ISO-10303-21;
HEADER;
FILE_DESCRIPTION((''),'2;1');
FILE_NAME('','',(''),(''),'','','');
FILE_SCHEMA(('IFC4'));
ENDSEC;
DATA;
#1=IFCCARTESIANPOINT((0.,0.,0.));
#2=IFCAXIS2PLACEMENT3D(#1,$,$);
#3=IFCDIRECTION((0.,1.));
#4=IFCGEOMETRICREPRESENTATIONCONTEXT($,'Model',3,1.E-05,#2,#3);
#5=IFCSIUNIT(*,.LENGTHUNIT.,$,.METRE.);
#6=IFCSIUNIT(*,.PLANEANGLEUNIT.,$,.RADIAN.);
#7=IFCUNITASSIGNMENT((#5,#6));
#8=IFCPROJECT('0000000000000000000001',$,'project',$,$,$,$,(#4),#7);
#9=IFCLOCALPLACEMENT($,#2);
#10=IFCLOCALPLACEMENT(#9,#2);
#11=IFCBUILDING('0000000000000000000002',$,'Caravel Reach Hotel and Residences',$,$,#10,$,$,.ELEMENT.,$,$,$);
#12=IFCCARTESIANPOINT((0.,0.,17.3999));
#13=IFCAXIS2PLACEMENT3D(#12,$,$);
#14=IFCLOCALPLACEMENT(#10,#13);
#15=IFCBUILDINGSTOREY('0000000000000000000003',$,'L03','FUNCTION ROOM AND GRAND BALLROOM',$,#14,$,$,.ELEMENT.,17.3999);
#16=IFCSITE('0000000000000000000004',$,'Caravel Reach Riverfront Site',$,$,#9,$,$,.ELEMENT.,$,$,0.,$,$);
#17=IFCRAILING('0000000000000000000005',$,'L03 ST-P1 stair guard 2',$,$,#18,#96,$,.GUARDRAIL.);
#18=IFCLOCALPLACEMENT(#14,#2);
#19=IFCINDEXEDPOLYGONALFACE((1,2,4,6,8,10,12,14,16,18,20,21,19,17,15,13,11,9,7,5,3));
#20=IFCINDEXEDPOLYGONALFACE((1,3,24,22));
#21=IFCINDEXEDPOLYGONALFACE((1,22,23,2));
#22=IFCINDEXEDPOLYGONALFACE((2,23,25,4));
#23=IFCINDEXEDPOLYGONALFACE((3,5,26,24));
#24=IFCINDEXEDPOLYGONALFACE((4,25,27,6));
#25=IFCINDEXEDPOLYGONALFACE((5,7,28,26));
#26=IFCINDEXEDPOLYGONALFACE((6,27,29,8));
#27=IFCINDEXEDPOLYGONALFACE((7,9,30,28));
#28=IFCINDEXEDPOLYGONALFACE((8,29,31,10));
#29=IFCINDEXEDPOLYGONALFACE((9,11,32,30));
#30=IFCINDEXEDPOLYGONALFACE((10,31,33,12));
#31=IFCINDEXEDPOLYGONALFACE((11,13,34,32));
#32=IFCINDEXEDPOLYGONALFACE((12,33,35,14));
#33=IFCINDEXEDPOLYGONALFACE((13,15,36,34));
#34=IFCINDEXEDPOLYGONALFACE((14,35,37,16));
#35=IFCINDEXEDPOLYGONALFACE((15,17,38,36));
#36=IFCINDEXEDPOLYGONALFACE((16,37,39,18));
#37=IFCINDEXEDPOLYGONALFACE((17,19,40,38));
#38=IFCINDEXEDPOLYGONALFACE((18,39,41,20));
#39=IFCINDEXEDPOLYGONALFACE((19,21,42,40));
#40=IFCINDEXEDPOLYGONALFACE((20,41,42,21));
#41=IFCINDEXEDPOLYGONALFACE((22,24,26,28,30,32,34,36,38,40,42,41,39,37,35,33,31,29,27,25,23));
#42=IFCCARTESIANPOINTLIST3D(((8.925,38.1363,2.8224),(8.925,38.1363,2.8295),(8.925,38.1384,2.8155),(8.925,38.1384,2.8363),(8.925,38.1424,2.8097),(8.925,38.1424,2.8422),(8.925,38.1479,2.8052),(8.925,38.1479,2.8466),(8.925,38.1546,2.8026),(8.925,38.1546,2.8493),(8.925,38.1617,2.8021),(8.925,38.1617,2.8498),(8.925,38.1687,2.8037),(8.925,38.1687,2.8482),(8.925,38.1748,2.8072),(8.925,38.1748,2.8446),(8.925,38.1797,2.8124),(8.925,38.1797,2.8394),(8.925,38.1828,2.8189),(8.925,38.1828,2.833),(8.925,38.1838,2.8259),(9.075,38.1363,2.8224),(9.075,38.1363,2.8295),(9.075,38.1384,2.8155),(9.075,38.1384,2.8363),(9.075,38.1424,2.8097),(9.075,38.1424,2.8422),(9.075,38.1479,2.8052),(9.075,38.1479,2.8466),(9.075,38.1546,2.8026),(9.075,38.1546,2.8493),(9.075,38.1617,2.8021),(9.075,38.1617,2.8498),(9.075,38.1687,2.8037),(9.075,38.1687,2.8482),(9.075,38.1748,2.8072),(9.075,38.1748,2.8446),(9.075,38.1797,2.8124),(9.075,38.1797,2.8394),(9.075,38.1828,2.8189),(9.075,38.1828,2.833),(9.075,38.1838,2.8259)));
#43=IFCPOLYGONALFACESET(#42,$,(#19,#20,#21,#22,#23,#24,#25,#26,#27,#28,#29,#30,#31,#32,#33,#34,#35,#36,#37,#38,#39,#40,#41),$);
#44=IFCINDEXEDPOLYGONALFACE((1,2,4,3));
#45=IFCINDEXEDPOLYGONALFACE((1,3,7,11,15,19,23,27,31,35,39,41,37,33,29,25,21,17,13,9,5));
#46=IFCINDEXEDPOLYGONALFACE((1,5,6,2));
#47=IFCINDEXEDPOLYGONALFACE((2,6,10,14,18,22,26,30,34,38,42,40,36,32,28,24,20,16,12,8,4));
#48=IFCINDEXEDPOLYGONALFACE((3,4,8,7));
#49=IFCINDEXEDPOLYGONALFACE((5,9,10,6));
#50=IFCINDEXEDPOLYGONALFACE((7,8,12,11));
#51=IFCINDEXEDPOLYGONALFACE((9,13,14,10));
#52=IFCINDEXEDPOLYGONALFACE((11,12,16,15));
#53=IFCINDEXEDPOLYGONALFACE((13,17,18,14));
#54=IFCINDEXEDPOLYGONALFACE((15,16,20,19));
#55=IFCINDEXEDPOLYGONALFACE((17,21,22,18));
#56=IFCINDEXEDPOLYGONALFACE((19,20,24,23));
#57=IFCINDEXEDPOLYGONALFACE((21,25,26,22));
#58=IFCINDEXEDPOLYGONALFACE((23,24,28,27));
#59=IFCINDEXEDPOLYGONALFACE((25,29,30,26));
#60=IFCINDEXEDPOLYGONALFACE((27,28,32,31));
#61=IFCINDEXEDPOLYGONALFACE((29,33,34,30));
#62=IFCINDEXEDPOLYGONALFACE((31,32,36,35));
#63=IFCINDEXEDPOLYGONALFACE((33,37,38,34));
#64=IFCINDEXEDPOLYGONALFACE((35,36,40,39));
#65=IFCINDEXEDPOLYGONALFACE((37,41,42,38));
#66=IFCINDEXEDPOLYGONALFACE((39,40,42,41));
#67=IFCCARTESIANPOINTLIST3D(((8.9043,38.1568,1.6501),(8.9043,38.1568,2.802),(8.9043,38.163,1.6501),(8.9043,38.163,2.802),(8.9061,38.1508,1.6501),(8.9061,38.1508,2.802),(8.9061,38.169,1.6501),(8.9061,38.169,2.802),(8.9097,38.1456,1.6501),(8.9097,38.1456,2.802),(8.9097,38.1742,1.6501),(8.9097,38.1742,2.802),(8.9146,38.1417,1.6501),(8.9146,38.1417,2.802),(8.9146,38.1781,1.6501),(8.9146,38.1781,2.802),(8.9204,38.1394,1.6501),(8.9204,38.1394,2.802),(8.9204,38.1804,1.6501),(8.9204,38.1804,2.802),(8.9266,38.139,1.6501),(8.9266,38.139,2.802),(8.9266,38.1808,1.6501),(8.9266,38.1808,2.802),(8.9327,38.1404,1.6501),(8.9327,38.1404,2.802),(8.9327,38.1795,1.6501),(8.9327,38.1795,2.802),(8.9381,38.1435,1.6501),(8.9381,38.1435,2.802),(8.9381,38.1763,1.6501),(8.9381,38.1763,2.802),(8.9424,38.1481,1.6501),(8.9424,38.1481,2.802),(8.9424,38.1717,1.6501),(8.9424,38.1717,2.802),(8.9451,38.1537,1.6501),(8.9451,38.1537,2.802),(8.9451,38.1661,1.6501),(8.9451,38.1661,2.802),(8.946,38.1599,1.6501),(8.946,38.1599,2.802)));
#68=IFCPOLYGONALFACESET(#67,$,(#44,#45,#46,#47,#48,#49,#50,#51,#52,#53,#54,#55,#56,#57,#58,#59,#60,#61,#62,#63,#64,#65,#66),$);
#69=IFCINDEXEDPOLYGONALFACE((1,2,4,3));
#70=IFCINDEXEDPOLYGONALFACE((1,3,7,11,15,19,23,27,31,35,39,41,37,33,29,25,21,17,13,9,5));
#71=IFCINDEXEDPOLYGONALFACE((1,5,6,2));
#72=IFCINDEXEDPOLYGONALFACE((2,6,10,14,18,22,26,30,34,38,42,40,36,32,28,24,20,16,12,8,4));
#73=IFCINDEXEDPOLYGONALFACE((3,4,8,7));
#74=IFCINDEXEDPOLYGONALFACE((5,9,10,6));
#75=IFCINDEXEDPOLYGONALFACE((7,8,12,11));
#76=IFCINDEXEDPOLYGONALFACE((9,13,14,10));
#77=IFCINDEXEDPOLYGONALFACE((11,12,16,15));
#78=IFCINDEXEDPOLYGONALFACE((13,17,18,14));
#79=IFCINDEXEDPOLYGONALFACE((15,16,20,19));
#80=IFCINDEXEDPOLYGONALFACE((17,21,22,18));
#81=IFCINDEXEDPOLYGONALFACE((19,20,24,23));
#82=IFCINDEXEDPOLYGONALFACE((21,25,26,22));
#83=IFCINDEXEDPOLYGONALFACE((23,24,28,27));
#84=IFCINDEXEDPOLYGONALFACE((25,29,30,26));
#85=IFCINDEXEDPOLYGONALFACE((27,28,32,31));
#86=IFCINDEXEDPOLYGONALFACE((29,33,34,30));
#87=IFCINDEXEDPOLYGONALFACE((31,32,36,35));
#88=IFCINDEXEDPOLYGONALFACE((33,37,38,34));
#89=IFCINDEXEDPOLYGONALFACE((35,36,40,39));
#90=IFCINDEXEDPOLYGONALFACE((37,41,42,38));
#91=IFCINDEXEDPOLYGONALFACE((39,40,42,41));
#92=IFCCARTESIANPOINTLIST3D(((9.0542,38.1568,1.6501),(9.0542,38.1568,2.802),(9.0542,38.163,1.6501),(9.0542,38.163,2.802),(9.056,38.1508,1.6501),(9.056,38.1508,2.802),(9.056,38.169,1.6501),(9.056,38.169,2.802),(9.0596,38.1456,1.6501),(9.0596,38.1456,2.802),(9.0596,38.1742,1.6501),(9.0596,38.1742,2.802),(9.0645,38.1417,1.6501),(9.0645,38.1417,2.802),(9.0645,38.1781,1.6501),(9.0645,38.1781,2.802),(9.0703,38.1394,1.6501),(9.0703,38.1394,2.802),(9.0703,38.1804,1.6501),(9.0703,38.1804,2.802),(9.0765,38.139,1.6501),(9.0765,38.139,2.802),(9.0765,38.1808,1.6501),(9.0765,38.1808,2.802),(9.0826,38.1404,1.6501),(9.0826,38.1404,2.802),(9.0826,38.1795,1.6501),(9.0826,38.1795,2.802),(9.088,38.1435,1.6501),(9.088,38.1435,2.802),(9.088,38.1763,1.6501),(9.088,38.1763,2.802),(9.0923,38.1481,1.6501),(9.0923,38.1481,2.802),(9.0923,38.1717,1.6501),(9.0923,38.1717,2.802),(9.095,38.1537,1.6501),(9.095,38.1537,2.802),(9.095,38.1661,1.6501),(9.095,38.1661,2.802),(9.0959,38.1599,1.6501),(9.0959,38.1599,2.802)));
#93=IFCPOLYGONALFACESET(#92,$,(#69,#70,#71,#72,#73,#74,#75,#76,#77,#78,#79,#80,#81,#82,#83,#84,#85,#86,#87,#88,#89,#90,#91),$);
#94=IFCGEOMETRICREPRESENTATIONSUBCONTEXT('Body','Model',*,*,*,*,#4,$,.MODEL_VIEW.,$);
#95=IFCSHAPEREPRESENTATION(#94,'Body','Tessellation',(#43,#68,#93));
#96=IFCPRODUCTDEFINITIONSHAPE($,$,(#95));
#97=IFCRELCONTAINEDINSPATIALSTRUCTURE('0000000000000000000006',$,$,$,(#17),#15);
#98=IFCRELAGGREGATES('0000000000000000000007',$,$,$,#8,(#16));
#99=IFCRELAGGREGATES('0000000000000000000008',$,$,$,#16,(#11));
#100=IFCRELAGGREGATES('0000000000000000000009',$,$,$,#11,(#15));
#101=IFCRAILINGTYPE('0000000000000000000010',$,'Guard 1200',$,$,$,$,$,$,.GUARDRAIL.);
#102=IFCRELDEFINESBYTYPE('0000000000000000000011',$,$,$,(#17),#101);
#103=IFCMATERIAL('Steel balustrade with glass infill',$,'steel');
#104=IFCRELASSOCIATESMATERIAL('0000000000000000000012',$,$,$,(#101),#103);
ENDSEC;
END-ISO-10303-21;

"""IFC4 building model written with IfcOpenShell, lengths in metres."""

from ifc_helpers import new_model, si_unit, direction, frame, origin, origin_2d, place, context, subcontext, project, spatial, circle, extrude, material, type_object, element, save


model = new_model("IFC4")

# Units and contexts
model_context = context("Model", 3, precision=1e-05, world=origin(), true_north=direction((0.0, 1.0)))
body_context = subcontext(model_context, "Body", "Model", "MODEL_VIEW")
ifc_project = project(units=[si_unit("LENGTHUNIT", "METRE"), si_unit("PLANEANGLEUNIT", "RADIAN")], contexts=[model_context])

# Site, building, storey
site_placement = place(None, origin())
site = spatial("IfcSite", under=ifc_project, at=site_placement, Name="Caravel Reach Riverfront Site", CompositionType="ELEMENT", RefElevation=0.0)
building_placement = place(site_placement, origin())
building = spatial("IfcBuilding", under=site, at=building_placement, Name="Caravel Reach Hotel and Residences", CompositionType="ELEMENT")
storey_placement = place(building_placement, frame((0.0, 0.0, 17.3999)))
storey = spatial("IfcBuildingStorey", under=building, at=storey_placement, Name="L03", Description="FUNCTION ROOM AND GRAND BALLROOM", CompositionType="ELEMENT", Elevation=17.3999)

# Railing
ifc_material_1 = material(Name="Steel balustrade with glass infill", Category="steel")
railing_type_1 = type_object("IfcRailingType", Name="Guard 1200", PredefinedType="GUARDRAIL", material=ifc_material_1)
railing_1_placement = place(storey_placement, frame((8.925, 38.1599, 1.6501)))
element("IfcRailing", 1, at=railing_1_placement, inside=storey, type_object=railing_type_1, Name="L03 ST-P1 stair guard 2", PredefinedType="GUARDRAIL", context=body_context, shape_type="SweptSolid", body=[
    extrude(circle(Radius=0.0239, at=origin_2d()), frame((0.0, 0.0, 1.1758), z_axis=(1.0, 0.0, 0.0), x_axis=(0.0, 1.0, 0.0)), (0.0, 0.0, 1.0), 0.1499),
    extrude(circle(Radius=0.021, at=origin_2d()), origin(), (0.0, 0.0, 1.0), 1.1519),
    extrude(circle(Radius=0.021, at=origin_2d()), frame((0.1499, 0.0, 0.0)), (0.0, 0.0, 1.0), 1.1519),
])

save(model, "model.ifc")
